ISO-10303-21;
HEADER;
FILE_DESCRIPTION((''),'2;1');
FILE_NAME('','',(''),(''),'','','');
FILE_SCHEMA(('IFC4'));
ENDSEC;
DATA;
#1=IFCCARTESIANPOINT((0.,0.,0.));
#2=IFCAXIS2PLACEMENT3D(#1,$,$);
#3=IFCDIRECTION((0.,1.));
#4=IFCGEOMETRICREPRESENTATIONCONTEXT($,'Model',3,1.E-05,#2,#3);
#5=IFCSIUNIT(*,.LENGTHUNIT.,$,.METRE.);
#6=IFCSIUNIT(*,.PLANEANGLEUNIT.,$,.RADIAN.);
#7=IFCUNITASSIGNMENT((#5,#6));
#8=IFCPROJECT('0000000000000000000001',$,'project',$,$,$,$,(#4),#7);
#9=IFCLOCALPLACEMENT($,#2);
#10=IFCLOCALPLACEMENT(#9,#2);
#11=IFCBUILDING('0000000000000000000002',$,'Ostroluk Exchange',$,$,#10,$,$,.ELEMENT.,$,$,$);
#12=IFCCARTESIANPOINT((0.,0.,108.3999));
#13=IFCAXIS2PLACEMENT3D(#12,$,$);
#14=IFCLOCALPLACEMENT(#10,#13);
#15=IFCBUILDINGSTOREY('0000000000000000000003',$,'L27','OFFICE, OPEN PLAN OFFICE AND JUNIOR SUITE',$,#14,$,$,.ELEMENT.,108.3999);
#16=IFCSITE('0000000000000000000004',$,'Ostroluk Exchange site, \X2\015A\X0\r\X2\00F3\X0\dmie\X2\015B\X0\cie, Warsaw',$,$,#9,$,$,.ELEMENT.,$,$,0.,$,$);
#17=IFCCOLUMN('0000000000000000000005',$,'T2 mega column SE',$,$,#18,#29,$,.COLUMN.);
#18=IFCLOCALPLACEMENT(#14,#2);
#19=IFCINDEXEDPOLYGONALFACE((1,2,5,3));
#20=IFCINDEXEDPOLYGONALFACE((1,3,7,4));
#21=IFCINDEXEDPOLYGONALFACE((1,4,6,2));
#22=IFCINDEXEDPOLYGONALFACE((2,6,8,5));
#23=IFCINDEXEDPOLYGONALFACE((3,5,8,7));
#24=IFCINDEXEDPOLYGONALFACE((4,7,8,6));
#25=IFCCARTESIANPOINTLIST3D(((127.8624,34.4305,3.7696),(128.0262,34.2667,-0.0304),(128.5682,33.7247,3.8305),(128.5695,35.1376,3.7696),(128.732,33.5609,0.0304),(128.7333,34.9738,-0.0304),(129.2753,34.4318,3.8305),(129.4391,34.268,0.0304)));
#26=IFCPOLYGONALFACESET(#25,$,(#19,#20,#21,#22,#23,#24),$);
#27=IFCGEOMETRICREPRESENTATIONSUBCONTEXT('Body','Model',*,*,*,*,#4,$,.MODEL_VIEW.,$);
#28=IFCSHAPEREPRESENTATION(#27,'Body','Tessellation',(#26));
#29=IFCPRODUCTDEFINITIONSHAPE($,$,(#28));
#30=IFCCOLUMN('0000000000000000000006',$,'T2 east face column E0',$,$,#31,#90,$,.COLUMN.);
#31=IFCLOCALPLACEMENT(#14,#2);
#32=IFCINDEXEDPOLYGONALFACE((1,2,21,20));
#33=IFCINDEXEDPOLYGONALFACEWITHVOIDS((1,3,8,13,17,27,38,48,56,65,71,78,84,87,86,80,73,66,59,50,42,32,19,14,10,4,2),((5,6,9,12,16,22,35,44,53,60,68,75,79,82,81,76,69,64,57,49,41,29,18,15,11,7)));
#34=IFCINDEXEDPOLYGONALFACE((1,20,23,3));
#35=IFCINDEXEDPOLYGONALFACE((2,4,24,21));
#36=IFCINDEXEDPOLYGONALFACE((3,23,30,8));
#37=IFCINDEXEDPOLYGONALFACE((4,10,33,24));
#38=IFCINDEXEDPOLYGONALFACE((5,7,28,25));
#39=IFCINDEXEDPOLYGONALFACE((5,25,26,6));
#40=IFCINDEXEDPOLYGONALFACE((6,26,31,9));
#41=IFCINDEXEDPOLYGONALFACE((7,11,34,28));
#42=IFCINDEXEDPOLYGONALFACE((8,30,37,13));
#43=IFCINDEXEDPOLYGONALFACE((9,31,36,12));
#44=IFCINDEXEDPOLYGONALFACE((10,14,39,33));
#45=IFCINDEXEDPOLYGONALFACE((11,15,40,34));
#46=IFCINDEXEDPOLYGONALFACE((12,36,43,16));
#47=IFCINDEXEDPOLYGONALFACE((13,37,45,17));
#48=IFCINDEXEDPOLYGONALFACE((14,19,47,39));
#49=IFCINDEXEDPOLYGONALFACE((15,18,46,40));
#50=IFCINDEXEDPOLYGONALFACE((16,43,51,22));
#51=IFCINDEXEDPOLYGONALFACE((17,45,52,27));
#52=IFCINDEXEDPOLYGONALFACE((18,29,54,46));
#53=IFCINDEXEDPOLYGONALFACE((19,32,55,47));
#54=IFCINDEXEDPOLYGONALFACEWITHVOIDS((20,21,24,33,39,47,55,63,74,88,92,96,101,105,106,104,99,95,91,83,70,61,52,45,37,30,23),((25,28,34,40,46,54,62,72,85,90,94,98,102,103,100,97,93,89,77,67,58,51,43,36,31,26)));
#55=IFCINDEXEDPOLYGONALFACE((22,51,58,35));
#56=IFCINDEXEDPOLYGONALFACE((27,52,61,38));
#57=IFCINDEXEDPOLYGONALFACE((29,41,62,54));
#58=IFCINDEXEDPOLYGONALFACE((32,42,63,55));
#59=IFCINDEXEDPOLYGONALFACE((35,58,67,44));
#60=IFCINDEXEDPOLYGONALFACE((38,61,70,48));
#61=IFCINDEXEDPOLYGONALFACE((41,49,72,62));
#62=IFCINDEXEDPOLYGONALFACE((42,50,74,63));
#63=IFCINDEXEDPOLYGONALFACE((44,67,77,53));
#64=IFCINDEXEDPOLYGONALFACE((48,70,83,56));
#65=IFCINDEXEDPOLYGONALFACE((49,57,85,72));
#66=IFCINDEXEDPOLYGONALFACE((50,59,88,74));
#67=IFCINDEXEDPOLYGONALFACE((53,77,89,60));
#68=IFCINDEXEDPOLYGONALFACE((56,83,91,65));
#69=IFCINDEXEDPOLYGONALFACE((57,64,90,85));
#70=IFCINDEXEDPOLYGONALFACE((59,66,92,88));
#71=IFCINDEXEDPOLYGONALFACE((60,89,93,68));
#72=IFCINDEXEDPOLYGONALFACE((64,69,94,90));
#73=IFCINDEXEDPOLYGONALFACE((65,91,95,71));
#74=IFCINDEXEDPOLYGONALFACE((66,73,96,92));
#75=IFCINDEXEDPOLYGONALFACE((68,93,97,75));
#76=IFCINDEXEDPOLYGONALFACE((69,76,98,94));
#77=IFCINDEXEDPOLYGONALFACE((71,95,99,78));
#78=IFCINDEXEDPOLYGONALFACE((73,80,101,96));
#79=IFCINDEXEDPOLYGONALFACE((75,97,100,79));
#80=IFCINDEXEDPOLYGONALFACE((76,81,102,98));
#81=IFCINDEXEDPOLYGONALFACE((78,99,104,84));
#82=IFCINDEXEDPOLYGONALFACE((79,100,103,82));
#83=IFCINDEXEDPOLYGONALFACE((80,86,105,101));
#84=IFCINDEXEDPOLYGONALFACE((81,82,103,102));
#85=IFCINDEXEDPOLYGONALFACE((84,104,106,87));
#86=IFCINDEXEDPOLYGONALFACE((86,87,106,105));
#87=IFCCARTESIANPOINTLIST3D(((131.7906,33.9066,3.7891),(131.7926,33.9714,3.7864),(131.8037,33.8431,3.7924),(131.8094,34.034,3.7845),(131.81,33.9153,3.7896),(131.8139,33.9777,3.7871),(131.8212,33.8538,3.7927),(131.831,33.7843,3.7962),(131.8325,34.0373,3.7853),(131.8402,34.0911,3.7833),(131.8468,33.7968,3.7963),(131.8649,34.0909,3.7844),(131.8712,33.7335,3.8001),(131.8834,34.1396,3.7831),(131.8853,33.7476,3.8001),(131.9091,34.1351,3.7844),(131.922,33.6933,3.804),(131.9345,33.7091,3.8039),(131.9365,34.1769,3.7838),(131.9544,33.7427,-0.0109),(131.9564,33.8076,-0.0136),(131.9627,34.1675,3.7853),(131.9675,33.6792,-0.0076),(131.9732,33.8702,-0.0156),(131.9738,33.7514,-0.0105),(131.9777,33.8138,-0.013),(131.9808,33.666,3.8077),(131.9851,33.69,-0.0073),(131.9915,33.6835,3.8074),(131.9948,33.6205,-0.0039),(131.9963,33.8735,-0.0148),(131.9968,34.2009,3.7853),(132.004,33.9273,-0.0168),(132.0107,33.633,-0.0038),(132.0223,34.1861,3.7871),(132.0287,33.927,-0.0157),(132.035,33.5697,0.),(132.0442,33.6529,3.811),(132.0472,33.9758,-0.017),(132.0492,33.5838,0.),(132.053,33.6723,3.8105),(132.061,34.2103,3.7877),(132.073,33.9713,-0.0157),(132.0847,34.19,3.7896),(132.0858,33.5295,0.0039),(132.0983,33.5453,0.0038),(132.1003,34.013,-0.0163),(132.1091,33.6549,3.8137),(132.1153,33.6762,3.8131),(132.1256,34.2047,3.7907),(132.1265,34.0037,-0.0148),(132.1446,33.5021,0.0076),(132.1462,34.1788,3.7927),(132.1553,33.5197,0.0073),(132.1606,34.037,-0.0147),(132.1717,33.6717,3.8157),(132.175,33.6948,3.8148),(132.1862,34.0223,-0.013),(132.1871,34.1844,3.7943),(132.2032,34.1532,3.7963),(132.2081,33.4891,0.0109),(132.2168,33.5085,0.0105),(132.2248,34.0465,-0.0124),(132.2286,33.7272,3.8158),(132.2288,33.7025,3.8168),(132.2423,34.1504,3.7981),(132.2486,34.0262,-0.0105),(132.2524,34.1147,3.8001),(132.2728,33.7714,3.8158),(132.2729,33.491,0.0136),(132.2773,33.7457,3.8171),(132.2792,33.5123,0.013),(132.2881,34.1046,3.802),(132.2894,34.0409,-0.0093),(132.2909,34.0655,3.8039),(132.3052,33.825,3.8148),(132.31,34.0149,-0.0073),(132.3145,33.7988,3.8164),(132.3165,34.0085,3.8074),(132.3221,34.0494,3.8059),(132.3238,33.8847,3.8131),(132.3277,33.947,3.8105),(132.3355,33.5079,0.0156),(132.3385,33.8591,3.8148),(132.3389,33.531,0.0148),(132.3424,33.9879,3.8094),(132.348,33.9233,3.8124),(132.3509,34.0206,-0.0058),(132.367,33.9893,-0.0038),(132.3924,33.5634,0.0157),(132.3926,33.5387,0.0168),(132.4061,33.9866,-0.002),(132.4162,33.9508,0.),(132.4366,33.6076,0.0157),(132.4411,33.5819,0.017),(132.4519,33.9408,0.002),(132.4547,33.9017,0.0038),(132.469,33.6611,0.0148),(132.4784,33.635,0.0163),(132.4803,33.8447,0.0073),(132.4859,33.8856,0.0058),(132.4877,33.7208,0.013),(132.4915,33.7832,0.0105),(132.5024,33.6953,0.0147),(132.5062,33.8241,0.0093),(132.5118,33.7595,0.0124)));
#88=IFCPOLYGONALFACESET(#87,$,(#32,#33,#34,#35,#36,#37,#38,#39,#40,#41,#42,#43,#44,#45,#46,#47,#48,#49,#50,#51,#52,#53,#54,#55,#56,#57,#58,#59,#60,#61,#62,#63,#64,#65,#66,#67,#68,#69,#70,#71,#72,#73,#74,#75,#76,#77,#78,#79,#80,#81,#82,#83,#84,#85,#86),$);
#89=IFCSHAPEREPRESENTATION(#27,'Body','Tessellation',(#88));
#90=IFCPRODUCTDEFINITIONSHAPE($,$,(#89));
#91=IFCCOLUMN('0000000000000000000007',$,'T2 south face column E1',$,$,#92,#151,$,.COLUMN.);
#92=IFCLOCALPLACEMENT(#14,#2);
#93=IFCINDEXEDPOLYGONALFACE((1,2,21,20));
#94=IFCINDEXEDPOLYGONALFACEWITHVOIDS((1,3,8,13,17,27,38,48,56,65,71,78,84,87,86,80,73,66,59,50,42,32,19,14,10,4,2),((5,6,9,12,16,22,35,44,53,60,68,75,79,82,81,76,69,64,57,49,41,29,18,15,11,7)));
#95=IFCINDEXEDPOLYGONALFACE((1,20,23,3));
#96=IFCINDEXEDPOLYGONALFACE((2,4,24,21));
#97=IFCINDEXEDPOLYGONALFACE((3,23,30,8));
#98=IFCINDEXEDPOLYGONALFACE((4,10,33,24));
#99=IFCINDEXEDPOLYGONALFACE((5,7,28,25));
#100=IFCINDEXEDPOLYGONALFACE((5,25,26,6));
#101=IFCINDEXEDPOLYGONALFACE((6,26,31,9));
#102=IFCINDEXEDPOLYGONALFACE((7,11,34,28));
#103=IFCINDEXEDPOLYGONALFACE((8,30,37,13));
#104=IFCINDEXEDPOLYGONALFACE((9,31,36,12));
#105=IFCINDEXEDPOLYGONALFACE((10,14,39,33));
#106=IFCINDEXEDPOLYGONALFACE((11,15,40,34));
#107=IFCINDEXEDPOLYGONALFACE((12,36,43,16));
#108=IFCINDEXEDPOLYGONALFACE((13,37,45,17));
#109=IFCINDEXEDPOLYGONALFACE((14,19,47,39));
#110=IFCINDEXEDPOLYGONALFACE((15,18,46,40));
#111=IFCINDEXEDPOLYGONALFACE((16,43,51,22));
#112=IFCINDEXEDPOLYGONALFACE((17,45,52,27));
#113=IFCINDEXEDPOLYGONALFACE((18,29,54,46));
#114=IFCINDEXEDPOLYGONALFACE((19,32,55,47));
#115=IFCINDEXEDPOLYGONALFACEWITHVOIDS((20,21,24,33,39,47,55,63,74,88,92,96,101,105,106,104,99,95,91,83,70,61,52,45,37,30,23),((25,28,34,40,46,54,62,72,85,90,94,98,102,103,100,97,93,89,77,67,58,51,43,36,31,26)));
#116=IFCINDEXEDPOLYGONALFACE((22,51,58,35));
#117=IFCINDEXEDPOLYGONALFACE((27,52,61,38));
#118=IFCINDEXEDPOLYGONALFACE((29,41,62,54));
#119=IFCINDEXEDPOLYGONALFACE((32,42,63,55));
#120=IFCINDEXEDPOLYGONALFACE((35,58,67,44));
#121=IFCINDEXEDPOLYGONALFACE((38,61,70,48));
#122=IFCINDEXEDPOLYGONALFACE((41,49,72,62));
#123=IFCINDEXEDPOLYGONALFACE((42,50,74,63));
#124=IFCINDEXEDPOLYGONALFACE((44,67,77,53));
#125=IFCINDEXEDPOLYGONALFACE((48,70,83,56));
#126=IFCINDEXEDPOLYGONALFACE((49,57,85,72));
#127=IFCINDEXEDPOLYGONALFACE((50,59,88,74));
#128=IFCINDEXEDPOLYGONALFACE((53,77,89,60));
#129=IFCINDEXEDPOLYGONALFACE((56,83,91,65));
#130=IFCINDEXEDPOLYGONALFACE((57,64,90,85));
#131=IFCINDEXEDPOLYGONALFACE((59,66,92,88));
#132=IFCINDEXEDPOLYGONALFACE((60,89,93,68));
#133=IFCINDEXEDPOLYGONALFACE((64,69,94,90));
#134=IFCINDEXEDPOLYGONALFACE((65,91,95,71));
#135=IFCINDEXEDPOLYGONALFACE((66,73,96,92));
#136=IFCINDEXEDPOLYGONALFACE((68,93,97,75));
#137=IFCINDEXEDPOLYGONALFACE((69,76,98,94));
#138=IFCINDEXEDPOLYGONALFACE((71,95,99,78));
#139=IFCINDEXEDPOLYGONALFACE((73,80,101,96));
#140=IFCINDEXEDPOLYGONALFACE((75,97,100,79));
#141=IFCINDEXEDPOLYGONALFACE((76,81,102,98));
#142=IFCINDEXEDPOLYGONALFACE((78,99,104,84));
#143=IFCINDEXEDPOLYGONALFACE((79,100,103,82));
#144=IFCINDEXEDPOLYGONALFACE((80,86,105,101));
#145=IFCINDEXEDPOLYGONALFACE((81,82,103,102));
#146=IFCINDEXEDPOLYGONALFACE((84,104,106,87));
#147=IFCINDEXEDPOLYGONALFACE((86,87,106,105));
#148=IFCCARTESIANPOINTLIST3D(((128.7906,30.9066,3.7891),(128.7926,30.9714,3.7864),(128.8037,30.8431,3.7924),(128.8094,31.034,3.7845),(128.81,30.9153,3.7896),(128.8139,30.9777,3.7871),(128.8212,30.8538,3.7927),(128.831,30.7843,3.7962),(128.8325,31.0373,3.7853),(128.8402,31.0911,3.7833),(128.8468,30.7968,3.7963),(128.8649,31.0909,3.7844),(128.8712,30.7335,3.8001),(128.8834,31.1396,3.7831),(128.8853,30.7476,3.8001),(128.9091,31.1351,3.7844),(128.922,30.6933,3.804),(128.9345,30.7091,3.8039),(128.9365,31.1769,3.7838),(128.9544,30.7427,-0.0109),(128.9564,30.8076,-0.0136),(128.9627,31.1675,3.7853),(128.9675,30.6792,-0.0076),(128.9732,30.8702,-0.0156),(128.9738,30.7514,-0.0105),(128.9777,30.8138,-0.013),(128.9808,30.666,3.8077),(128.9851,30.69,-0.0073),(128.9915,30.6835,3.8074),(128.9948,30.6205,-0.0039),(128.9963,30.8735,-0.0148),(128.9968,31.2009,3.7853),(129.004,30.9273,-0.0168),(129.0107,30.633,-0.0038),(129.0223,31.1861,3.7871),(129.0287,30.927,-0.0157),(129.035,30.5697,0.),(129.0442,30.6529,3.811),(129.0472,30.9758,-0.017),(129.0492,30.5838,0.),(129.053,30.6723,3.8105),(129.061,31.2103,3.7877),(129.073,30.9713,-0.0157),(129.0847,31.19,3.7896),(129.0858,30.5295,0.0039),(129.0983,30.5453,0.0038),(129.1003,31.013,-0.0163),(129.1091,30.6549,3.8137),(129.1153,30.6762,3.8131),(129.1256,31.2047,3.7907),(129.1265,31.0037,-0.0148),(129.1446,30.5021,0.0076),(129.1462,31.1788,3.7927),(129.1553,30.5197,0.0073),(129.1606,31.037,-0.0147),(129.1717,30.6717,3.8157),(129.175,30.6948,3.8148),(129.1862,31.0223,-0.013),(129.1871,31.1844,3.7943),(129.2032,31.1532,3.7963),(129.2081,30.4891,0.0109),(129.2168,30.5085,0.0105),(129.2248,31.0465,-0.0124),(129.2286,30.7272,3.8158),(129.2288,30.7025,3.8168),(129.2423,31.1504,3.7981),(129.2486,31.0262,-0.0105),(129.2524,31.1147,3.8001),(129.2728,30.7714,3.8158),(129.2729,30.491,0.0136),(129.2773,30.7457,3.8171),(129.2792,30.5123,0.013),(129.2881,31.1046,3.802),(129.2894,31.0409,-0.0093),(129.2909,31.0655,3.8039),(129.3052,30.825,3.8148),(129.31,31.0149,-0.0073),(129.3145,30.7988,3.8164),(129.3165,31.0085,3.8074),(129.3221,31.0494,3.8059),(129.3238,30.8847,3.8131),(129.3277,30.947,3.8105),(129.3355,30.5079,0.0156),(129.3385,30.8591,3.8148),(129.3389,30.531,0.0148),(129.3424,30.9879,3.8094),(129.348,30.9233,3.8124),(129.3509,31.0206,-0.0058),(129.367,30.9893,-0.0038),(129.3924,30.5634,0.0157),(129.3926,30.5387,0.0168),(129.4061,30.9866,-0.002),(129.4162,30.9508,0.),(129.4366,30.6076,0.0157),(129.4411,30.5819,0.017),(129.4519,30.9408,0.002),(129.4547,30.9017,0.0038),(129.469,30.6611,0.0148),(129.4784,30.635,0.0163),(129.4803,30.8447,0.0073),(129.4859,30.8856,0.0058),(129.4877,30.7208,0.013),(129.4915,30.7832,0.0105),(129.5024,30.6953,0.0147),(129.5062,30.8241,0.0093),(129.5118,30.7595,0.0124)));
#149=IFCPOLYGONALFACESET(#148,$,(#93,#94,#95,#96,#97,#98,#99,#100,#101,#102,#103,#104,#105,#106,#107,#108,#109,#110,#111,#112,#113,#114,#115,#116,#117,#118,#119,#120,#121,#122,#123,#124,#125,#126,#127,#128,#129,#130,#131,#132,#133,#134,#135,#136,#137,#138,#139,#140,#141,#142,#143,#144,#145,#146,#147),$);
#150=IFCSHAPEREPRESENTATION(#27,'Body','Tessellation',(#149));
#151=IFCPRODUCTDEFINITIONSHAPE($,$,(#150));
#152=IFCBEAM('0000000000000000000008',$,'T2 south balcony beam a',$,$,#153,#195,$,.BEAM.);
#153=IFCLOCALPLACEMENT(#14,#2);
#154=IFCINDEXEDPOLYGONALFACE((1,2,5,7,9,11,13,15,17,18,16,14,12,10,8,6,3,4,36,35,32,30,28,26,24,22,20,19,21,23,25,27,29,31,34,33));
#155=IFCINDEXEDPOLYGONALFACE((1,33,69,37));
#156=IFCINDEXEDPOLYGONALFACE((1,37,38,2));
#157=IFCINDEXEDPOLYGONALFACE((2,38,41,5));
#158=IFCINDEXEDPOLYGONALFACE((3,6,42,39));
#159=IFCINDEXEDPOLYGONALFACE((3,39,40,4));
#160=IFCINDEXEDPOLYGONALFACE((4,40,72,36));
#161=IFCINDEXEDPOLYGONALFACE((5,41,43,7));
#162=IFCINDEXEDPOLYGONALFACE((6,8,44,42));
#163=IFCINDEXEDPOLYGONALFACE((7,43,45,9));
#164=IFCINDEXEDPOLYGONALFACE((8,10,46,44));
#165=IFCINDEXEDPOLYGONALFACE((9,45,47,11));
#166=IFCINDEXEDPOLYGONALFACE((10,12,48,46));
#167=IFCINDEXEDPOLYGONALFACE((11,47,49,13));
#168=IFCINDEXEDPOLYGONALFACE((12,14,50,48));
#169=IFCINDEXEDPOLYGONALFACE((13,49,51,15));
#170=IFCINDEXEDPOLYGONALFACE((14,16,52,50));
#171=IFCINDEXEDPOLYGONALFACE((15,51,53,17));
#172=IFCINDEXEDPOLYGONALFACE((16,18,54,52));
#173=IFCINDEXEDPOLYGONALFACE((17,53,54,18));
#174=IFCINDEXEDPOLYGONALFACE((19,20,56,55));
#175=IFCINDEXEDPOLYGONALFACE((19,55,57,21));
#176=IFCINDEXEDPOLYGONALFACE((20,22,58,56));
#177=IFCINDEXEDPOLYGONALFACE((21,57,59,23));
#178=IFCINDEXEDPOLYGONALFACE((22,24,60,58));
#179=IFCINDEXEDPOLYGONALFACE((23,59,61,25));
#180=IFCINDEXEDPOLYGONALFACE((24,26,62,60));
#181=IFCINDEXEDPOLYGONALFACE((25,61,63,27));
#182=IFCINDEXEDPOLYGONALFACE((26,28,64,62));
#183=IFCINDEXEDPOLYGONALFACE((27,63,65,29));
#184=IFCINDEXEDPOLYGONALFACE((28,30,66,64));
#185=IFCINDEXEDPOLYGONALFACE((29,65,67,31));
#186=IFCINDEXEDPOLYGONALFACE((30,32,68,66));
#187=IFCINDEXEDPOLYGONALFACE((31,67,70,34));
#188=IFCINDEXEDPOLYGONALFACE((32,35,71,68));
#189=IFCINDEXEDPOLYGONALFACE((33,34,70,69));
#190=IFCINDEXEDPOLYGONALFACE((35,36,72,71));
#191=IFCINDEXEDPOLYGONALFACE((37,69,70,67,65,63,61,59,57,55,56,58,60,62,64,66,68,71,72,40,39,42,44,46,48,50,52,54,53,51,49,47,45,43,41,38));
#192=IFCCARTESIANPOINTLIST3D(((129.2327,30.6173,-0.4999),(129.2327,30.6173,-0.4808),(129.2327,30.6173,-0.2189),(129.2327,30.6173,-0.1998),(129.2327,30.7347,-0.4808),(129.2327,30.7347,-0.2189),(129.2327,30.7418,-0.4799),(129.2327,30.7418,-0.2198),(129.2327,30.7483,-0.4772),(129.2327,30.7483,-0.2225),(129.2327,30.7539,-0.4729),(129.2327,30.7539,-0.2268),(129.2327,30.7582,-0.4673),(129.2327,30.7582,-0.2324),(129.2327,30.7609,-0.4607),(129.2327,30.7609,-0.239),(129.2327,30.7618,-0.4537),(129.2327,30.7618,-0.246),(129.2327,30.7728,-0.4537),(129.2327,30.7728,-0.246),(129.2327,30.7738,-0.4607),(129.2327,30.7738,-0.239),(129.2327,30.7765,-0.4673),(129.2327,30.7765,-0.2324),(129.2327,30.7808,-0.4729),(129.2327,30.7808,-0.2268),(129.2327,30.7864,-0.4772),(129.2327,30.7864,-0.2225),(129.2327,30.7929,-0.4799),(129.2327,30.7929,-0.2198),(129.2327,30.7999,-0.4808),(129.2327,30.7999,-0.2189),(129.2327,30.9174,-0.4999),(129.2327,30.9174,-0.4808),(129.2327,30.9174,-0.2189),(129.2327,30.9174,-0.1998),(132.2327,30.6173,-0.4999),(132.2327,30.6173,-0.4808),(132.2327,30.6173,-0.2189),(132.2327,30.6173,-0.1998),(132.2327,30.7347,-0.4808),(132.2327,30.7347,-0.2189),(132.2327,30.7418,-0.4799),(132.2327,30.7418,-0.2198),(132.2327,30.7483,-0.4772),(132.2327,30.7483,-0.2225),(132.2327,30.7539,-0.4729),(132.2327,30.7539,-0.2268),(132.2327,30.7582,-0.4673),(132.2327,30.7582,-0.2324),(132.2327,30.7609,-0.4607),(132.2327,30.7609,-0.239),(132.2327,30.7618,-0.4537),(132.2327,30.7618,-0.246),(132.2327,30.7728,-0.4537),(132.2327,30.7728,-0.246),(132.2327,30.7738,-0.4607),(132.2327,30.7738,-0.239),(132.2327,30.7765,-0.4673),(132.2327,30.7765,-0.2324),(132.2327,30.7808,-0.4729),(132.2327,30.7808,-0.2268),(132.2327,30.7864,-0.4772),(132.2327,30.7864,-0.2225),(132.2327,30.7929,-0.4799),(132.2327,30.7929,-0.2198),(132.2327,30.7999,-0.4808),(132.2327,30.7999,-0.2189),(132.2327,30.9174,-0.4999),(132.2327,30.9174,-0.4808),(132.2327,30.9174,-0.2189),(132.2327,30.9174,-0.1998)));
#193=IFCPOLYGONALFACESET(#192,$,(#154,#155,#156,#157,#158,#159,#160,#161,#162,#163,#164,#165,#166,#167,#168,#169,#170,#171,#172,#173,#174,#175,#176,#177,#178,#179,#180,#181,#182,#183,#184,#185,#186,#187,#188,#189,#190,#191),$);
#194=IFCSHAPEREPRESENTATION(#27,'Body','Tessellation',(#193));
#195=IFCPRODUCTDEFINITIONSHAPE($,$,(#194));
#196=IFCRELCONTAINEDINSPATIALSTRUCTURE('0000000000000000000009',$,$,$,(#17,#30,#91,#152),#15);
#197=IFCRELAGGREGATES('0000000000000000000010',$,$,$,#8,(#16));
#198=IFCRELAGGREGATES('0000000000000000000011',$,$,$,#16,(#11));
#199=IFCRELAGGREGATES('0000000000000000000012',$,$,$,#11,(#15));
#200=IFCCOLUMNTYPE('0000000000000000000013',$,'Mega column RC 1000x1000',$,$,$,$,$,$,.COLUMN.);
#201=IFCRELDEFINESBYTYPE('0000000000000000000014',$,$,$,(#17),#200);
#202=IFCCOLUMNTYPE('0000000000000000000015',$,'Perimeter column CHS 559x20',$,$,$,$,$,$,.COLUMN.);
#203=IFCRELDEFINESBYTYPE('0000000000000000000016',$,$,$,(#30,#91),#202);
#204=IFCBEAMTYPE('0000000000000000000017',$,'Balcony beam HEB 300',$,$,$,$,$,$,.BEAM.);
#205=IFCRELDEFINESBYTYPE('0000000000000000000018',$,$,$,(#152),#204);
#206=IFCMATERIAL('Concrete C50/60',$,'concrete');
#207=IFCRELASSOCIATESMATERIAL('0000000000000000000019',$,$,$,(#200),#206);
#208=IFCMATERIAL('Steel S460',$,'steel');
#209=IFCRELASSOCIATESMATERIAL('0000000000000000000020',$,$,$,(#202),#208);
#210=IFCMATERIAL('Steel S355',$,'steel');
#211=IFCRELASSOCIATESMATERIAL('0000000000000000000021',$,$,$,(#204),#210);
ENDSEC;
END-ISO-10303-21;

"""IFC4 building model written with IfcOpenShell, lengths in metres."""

from ifc_helpers import new_model, si_unit, direction, frame, origin, origin_2d, place, context, subcontext, project, spatial, rectangle, hollow_circle, i_section, extrude, material, material_profile, profile_set, type_object, element, save


model = new_model("IFC4")

# Units and contexts
model_context = context("Model", 3, precision=1e-05, world=origin(), true_north=direction((0.0, 1.0)))
body_context = subcontext(model_context, "Body", "Model", "MODEL_VIEW")
ifc_project = project(units=[si_unit("LENGTHUNIT", "METRE"), si_unit("PLANEANGLEUNIT", "RADIAN")], contexts=[model_context])

# Site, building, storey
site_placement = place(None, origin())
site = spatial("IfcSite", under=ifc_project, at=site_placement, Name="Ostroluk Exchange site, Śródmieście, Warsaw", CompositionType="ELEMENT", RefElevation=0.0)
building_placement = place(site_placement, origin())
building = spatial("IfcBuilding", under=site, at=building_placement, Name="Ostroluk Exchange", CompositionType="ELEMENT")
storey_placement = place(building_placement, frame((0.0, 0.0, 108.3999)))
storey = spatial("IfcBuildingStorey", under=building, at=storey_placement, Name="L27", Description="OFFICE, OPEN PLAN OFFICE AND JUNIOR SUITE", CompositionType="ELEMENT", Elevation=108.3999)

# Columns
ifc_material_1 = material(Name="Concrete C50/60", Category="concrete")
ifc_material_profile_1 = material_profile(ifc_material_1, rectangle(XDim=1.0, YDim=1.0, at=origin_2d()), Name="RC 1000x1000")
ifc_profile_set_1 = profile_set([ifc_material_profile_1], Name="Concrete C50/60")
column_type_1 = type_object("IfcColumnType", Name="Mega column RC 1000x1000", PredefinedType="COLUMN", material=ifc_profile_set_1)
column_placement = place(storey_placement, frame((128.7327, 34.2673, 0.0), z_axis=(-0.04303, 0.04303, 0.998147), x_axis=(-0.707107, -0.707107, 0.0)))
element("IfcColumn", 1, at=column_placement, inside=storey, type_object=column_type_1, Name="T2 mega column SE", PredefinedType="COLUMN", context=body_context, shape_type="SweptSolid", body=[
    extrude(rectangle(XDim=1.0, YDim=1.0, at=origin_2d()), origin(), (0.0, 0.0, 1.0), 3.8071),
])
ifc_material_2 = material(Name="Steel S460", Category="steel")
ifc_material_profile_2 = material_profile(ifc_material_2, hollow_circle(Radius=0.2795, WallThickness=0.02, at=origin_2d()), Name="CHS 559x20")
ifc_profile_set_2 = profile_set([ifc_material_profile_2], Name="Steel S460")
column_type_2 = type_object("IfcColumnType", Name="Perimeter column CHS 559x20", PredefinedType="COLUMN", material=ifc_profile_set_2)
for number, where, z_axis, x_axis, name in (
    (2, (132.2327, 33.7673, 0.0), (-0.04303, 0.04303, 0.998147), (-0.707107, -0.707107, 0.0), "T2 east face column E0"),
    (3, (129.2327, 30.7673, 0.0), (-0.04303, 0.04303, 0.998147), (-0.707107, -0.707107, 0.0), "T2 south face column E1"),
):
    element("IfcColumn", number, at=place(storey_placement, frame(where, z_axis=z_axis, x_axis=x_axis)), inside=storey, type_object=column_type_2, Name=name, PredefinedType="COLUMN", context=body_context, shape_type="SweptSolid", body=[
        extrude(hollow_circle(Radius=0.2795, WallThickness=0.02, at=origin_2d()), origin(), (0.0, 0.0, 1.0), 3.8071),
    ])

# Beam
ifc_material_3 = material(Name="Steel S355", Category="steel")
ifc_material_profile_3 = material_profile(ifc_material_3, i_section(OverallWidth=0.3, OverallDepth=0.3, WebThickness=0.011, FlangeThickness=0.019, FilletRadius=0.0271, at=origin_2d()), Name="HEB 300")
ifc_profile_set_3 = profile_set([ifc_material_profile_3], Name="Steel S355")
beam_type_1 = type_object("IfcBeamType", Name="Balcony beam HEB 300", PredefinedType="BEAM", material=ifc_profile_set_3)
for number, where, z_axis, x_axis, name in (
    (4, (129.2327, 30.7673, -0.3499), (1.0, 0.0, 0.0), (0.0, 1.0, 0.0), "T2 south balcony beam a"),
):
    element("IfcBeam", number, at=place(storey_placement, frame(where, z_axis=z_axis, x_axis=x_axis)), inside=storey, type_object=beam_type_1, Name=name, PredefinedType="BEAM", context=body_context, shape_type="SweptSolid", body=[
        extrude(i_section(OverallWidth=0.3, OverallDepth=0.3, WebThickness=0.011, FlangeThickness=0.019, FilletRadius=0.0271, at=origin_2d()), origin(), (0.0, 0.0, 1.0), 3.0),
    ])

save(model, "model.ifc")
